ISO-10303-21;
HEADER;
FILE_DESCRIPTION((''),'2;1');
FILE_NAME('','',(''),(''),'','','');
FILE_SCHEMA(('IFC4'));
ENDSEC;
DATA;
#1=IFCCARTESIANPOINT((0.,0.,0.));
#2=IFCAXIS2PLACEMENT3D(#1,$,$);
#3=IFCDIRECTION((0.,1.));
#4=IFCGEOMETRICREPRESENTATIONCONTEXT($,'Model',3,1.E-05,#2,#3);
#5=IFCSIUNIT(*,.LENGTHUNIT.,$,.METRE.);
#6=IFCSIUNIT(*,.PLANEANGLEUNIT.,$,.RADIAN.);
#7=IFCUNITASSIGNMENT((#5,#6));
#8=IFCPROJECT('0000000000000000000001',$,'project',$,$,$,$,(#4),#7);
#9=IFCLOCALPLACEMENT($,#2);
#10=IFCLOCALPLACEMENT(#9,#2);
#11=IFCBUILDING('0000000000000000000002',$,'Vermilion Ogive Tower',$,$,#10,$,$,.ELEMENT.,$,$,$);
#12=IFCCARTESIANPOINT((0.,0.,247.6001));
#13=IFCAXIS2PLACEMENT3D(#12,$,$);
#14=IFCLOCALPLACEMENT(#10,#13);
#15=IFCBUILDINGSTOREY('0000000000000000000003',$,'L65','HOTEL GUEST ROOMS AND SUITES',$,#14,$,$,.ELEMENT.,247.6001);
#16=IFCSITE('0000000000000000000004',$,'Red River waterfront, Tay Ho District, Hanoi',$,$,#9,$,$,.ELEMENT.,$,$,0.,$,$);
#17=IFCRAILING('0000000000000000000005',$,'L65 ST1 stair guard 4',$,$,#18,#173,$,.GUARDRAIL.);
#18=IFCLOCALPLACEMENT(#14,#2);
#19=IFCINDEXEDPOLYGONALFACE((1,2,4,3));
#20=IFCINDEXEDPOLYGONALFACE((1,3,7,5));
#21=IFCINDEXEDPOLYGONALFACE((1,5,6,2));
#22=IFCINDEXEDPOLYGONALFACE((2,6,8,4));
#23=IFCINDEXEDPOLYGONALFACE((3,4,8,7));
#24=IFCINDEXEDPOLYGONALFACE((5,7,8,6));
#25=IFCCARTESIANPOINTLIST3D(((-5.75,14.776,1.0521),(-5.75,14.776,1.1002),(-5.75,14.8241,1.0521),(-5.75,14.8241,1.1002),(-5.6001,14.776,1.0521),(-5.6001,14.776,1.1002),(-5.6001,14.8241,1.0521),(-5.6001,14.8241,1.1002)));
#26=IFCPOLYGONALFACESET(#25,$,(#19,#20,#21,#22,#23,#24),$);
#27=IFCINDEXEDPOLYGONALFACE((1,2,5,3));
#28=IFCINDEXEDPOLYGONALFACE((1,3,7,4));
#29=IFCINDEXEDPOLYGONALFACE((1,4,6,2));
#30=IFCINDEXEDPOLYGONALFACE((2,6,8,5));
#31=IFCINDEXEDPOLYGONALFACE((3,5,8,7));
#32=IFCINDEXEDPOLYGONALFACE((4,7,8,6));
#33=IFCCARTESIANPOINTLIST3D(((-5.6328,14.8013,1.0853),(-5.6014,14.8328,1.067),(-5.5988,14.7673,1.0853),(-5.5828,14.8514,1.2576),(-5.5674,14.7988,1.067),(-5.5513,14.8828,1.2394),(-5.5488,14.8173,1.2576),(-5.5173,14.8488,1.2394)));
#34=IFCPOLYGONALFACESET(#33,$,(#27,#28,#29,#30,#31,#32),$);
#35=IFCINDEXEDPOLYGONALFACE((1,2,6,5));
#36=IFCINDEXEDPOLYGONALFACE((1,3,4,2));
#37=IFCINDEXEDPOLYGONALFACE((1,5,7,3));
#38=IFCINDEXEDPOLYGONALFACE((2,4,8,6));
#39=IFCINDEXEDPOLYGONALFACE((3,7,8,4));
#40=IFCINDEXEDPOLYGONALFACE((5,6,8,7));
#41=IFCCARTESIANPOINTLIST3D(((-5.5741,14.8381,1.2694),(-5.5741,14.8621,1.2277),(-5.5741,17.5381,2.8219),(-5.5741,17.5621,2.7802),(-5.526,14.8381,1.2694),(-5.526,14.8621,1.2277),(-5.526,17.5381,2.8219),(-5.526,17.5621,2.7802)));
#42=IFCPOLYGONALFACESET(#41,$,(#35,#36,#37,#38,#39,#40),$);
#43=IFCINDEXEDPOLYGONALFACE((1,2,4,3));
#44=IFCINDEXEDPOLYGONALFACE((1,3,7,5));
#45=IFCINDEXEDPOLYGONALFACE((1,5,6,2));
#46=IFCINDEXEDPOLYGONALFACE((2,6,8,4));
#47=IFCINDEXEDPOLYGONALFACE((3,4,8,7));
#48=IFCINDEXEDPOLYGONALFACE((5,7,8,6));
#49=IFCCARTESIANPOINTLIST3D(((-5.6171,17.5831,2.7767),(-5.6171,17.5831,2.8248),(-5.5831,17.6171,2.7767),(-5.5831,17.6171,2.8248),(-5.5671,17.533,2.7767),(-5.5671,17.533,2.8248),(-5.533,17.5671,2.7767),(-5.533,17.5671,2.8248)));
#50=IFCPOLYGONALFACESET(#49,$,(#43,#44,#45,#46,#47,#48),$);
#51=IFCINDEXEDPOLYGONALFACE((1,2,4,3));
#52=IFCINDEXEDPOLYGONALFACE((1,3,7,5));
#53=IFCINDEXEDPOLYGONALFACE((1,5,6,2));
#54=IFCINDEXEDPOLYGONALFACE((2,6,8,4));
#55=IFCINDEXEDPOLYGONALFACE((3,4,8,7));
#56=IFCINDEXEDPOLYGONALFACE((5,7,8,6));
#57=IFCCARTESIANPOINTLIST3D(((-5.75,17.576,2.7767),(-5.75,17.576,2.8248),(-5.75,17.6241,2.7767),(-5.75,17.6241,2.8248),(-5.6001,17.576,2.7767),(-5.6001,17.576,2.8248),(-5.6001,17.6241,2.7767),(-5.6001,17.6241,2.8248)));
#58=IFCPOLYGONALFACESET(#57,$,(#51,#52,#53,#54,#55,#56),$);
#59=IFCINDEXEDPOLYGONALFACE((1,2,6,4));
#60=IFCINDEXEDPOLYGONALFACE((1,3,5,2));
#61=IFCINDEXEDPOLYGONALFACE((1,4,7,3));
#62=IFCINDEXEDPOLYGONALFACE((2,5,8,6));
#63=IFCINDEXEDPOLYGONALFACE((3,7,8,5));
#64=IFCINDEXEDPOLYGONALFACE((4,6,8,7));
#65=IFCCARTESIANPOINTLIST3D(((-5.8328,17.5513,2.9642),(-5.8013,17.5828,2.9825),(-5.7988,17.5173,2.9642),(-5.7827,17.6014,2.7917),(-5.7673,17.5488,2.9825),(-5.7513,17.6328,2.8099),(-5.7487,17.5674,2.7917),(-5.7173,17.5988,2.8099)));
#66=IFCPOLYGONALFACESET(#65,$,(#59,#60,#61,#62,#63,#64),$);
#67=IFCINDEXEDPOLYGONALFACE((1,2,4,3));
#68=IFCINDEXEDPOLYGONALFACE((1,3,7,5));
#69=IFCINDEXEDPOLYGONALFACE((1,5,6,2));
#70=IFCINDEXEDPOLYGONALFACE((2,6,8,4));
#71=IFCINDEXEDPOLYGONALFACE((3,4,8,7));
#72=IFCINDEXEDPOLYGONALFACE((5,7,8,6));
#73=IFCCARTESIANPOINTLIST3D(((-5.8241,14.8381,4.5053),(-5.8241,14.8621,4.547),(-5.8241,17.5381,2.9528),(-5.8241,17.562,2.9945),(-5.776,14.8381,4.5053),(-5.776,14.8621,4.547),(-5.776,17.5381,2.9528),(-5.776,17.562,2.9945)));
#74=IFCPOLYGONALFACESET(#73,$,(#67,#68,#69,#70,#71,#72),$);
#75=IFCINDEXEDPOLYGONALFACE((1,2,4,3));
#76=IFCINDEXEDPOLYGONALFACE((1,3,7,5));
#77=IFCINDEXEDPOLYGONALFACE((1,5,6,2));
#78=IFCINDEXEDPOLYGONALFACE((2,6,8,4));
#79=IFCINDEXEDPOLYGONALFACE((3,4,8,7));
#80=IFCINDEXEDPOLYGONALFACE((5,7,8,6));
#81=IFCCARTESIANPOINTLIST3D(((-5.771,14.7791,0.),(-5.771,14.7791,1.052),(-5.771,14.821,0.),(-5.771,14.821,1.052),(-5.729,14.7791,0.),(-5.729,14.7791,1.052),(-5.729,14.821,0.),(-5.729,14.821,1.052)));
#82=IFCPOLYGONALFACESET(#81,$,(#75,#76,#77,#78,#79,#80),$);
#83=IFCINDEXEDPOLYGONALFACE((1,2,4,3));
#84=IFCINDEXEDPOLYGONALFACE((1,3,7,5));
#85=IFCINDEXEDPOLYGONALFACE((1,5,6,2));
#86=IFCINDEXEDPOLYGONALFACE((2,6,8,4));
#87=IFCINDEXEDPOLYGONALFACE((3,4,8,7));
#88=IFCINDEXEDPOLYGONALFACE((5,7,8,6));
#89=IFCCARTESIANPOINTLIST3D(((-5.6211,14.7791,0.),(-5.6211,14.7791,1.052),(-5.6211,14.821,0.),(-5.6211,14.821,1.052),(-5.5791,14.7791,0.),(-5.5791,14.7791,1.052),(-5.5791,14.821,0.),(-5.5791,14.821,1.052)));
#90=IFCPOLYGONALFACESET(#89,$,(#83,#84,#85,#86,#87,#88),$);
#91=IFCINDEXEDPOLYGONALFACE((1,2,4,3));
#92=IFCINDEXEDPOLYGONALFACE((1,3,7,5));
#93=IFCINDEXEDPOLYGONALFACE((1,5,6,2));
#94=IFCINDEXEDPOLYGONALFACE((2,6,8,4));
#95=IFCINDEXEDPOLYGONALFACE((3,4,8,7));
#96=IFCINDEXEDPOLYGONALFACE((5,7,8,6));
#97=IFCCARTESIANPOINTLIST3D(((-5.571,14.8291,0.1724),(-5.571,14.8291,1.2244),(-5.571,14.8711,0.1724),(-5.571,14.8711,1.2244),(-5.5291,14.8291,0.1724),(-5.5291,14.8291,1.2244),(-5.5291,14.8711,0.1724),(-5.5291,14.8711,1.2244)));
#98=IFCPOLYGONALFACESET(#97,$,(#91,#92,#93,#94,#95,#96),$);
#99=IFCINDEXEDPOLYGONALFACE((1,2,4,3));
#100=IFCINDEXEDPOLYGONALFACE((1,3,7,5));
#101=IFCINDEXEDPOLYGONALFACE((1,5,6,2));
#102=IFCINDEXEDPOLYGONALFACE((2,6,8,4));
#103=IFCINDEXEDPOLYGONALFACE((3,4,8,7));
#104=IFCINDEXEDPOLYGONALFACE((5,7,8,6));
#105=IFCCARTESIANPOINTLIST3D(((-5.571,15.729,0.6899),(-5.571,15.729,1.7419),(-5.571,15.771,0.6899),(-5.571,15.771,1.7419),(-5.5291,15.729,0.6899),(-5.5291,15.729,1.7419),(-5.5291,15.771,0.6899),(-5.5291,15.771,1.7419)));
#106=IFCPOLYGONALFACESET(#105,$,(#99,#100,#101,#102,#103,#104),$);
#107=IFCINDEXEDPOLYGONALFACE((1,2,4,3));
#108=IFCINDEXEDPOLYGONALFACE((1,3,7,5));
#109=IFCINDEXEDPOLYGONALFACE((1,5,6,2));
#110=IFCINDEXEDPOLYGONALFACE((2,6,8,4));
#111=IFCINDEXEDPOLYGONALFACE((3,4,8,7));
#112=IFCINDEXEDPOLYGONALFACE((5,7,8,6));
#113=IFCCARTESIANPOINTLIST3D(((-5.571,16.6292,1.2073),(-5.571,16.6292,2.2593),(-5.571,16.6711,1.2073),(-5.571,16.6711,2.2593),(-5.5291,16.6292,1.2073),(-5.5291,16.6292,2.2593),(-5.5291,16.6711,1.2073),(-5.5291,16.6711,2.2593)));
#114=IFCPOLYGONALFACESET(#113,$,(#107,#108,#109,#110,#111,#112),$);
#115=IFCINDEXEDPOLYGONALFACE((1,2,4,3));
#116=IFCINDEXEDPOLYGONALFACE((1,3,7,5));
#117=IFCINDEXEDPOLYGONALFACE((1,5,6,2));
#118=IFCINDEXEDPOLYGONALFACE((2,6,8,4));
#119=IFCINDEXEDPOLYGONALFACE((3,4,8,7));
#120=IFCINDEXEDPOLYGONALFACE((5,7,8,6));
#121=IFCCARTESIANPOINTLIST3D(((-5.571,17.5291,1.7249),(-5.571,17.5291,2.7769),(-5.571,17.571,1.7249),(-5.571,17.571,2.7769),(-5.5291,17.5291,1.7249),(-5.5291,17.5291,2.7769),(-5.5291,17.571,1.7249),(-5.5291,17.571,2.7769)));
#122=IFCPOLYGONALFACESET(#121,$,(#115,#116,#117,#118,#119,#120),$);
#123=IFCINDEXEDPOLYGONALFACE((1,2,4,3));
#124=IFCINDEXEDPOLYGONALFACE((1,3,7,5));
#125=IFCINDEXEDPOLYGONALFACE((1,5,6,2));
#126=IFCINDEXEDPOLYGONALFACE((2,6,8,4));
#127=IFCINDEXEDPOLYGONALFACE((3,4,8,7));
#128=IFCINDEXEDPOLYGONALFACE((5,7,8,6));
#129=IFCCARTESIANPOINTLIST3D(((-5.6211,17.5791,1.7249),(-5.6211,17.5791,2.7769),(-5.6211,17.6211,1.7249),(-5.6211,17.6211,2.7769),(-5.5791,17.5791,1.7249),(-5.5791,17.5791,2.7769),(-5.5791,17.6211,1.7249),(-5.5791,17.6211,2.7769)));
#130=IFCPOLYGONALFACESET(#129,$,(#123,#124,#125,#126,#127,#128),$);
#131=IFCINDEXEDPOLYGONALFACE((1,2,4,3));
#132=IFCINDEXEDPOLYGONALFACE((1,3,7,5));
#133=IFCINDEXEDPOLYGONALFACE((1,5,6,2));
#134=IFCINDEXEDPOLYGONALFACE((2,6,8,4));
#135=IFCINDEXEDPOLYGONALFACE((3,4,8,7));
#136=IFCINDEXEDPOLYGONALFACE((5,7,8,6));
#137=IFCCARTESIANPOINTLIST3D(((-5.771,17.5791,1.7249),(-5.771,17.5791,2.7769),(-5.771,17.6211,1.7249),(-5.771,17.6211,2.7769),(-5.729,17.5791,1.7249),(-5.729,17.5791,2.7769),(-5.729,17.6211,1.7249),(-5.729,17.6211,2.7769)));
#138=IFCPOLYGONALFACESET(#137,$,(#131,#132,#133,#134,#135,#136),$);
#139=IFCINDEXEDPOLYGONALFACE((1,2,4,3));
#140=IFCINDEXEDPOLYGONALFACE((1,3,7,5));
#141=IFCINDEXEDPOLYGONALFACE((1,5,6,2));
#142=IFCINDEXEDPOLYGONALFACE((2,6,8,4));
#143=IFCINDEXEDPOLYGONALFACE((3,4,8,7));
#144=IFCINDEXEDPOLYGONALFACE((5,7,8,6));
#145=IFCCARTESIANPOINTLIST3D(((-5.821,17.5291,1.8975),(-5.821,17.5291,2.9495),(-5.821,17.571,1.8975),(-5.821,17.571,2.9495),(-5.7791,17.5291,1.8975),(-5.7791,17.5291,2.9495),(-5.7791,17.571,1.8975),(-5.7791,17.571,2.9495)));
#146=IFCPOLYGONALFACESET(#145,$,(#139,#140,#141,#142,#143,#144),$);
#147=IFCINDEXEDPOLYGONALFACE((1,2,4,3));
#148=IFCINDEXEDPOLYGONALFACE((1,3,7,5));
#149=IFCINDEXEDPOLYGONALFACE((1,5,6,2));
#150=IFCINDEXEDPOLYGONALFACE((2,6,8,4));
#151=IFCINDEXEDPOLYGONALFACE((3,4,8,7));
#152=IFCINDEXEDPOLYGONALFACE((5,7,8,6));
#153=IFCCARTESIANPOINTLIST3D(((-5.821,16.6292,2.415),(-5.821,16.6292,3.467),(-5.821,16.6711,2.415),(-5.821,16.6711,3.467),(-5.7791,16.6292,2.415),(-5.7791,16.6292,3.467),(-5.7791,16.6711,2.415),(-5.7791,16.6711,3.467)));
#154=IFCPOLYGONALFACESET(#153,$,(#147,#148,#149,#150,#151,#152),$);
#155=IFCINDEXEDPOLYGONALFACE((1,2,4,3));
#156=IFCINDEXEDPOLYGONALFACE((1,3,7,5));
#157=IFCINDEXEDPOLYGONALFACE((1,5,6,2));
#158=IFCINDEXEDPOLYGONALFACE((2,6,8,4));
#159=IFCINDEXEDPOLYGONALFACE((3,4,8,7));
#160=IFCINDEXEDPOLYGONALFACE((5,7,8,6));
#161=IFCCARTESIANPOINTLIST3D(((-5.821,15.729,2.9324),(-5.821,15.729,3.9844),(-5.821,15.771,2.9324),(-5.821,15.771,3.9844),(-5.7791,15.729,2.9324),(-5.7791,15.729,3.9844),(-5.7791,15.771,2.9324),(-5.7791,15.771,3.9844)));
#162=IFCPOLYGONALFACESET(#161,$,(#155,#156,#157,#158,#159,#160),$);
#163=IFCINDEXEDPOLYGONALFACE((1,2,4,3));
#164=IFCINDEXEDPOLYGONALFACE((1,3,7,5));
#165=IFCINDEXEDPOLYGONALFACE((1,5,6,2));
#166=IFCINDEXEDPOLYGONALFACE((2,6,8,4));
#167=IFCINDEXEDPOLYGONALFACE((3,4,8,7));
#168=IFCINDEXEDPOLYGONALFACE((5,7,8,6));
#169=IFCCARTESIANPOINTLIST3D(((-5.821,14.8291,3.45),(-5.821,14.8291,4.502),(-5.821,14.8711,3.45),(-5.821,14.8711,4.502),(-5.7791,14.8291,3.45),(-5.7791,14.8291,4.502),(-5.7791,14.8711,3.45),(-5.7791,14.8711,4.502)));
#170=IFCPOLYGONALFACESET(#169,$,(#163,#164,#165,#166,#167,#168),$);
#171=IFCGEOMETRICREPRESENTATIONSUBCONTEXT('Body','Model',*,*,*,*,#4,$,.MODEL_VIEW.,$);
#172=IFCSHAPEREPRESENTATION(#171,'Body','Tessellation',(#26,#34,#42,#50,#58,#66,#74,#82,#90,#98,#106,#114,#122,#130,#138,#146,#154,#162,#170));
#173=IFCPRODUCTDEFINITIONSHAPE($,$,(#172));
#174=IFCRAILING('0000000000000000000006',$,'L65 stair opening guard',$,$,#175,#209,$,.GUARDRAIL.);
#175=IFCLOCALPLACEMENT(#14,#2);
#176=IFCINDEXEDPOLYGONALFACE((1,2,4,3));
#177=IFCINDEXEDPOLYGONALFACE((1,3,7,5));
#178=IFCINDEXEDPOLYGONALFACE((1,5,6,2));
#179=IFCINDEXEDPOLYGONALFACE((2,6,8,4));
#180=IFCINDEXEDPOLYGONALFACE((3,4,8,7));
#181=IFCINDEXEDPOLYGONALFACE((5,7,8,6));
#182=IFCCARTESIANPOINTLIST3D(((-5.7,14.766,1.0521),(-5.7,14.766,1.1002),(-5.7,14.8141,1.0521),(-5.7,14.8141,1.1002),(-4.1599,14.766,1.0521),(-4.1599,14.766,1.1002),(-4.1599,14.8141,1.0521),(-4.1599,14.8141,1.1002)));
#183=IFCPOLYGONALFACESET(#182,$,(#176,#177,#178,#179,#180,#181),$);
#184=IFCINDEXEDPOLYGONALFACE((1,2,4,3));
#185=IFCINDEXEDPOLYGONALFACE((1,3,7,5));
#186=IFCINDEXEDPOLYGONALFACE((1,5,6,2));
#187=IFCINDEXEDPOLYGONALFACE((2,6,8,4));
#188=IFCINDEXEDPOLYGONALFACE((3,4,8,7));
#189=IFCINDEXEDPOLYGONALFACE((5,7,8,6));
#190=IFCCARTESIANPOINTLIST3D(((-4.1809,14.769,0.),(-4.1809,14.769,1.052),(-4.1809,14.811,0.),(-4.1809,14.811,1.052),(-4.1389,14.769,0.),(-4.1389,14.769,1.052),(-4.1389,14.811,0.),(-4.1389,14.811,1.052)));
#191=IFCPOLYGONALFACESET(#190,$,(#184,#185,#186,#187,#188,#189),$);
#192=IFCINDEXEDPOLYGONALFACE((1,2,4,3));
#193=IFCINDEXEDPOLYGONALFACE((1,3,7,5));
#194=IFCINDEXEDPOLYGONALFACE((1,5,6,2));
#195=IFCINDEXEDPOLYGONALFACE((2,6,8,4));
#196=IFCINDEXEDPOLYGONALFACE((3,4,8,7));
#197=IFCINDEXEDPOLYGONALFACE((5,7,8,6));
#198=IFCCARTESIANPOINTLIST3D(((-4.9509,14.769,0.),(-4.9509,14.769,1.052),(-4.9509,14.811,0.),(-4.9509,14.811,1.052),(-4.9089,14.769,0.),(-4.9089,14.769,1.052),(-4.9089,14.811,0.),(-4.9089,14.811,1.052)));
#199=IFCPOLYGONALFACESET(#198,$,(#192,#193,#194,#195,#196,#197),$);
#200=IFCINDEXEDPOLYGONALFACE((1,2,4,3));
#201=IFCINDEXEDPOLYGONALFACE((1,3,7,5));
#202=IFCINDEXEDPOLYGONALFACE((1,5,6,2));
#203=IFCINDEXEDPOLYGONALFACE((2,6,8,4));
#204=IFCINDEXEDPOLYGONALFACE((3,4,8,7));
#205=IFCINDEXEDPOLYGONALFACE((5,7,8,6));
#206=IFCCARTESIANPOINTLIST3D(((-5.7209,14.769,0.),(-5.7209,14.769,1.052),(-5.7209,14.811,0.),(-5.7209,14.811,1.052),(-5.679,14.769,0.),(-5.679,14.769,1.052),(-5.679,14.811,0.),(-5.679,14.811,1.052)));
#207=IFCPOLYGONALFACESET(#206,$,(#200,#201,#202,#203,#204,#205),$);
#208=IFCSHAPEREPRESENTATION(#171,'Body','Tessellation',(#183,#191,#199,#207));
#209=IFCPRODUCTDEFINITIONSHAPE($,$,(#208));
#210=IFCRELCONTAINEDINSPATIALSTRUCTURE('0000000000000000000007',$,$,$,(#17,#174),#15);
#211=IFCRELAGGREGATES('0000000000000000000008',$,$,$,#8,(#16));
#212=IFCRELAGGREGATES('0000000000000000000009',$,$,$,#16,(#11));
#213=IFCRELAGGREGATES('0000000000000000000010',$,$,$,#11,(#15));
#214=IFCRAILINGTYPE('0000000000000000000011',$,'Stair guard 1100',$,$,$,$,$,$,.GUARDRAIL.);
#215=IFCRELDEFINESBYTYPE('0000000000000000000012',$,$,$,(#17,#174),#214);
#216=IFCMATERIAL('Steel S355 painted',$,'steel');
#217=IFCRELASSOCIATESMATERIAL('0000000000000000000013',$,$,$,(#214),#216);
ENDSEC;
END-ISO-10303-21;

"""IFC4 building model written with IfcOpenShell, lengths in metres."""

from ifc_helpers import new_model, si_unit, direction, frame, origin, origin_2d, place, context, subcontext, project, spatial, rectangle, extrude, material, type_object, element, save


model = new_model("IFC4")

# Units and contexts
model_context = context("Model", 3, precision=1e-05, world=origin(), true_north=direction((0.0, 1.0)))
body_context = subcontext(model_context, "Body", "Model", "MODEL_VIEW")
ifc_project = project(units=[si_unit("LENGTHUNIT", "METRE"), si_unit("PLANEANGLEUNIT", "RADIAN")], contexts=[model_context])

# Site, building, storey
site_placement = place(None, origin())
site = spatial("IfcSite", under=ifc_project, at=site_placement, Name="Red River waterfront, Tay Ho District, Hanoi", CompositionType="ELEMENT", RefElevation=0.0)
building_placement = place(site_placement, origin())
building = spatial("IfcBuilding", under=site, at=building_placement, Name="Vermilion Ogive Tower", CompositionType="ELEMENT")
storey_placement = place(building_placement, frame((0.0, 0.0, 247.6001)))
storey = spatial("IfcBuildingStorey", under=building, at=storey_placement, Name="L65", Description="HOTEL GUEST ROOMS AND SUITES", CompositionType="ELEMENT", Elevation=247.6001)

# Railings
ifc_material_1 = material(Name="Steel S355 painted", Category="steel")
railing_type_1 = type_object("IfcRailingType", Name="Stair guard 1100", PredefinedType="GUARDRAIL", material=ifc_material_1)
railing_1_placement = place(storey_placement, frame((-5.75, 14.8, 0.0)))
element("IfcRailing", 1, at=railing_1_placement, inside=storey, type_object=railing_type_1, Name="L65 ST1 stair guard 4", PredefinedType="GUARDRAIL", context=body_context, shape_type="SweptSolid", body=[
    extrude(rectangle(XDim=0.0481, YDim=0.0481, at=origin_2d()), frame((0.0, 0.0, 1.0762), z_axis=(1.0, 0.0, 0.0), x_axis=(0.0, 1.0, 0.0)), (0.0, 0.0, 1.0), 0.1499),
    extrude(rectangle(XDim=0.0481, YDim=0.0481, at=origin_2d()), frame((0.1499, 0.0, 1.0762), z_axis=(0.268603, 0.268603, 0.925043), x_axis=(-0.707107, 0.707107, 0.0)), (0.0, 0.0, 1.0), 0.1863),
    extrude(rectangle(XDim=0.0481, YDim=0.0481, at=origin_2d()), frame((0.2, 0.05, 1.2485), z_axis=(0.0, 0.866904, 0.498476), x_axis=(-1.0, 0.0, 0.0)), (0.0, 0.0, 1.0), 3.1145),
    extrude(rectangle(XDim=0.0481, YDim=0.0481, at=origin_2d()), frame((0.2, 2.75, 2.8008), z_axis=(-0.707107, 0.707107, 0.0), x_axis=(-0.707107, -0.707107, 0.0)), (0.0, 0.0, 1.0), 0.0708),
    extrude(rectangle(XDim=0.0481, YDim=0.0481, at=origin_2d()), frame((0.1499, 2.8, 2.8008), z_axis=(-1.0, 0.0, 0.0), x_axis=(0.0, -1.0, 0.0)), (0.0, 0.0, 1.0), 0.1499),
    extrude(rectangle(XDim=0.0481, YDim=0.0481, at=origin_2d()), frame((0.0, 2.8, 2.8008), z_axis=(-0.268278, -0.268278, 0.925232), x_axis=(0.707107, -0.707107, 0.0)), (0.0, 0.0, 1.0), 0.1865),
    extrude(rectangle(XDim=0.0481, YDim=0.0481, at=origin_2d()), frame((-0.05, 2.75, 2.9736), z_axis=(0.0, -0.866904, 0.498476), x_axis=(1.0, 0.0, 0.0)), (0.0, 0.0, 1.0), 3.1145),
    extrude(rectangle(XDim=0.042, YDim=0.042, at=origin_2d()), origin(), (0.0, 0.0, 1.0), 1.052),
    extrude(rectangle(XDim=0.042, YDim=0.042, at=origin_2d()), frame((0.1499, 0.0, 0.0)), (0.0, 0.0, 1.0), 1.052),
    extrude(rectangle(XDim=0.042, YDim=0.042, at=origin_2d()), frame((0.2, 0.05, 0.1724)), (0.0, 0.0, 1.0), 1.052),
    extrude(rectangle(XDim=0.042, YDim=0.042, at=origin_2d()), frame((0.2, 0.95, 0.6899)), (0.0, 0.0, 1.0), 1.052),
    extrude(rectangle(XDim=0.042, YDim=0.042, at=origin_2d()), frame((0.2, 1.8501, 1.2073)), (0.0, 0.0, 1.0), 1.052),
    extrude(rectangle(XDim=0.042, YDim=0.042, at=origin_2d()), frame((0.2, 2.75, 1.7249)), (0.0, 0.0, 1.0), 1.052),
    extrude(rectangle(XDim=0.042, YDim=0.042, at=origin_2d()), frame((0.1499, 2.8, 1.7249)), (0.0, 0.0, 1.0), 1.052),
    extrude(rectangle(XDim=0.042, YDim=0.042, at=origin_2d()), frame((0.0, 2.8, 1.7249)), (0.0, 0.0, 1.0), 1.052),
    extrude(rectangle(XDim=0.042, YDim=0.042, at=origin_2d()), frame((-0.05, 2.75, 1.8975)), (0.0, 0.0, 1.0), 1.052),
    extrude(rectangle(XDim=0.042, YDim=0.042, at=origin_2d()), frame((-0.05, 1.8501, 2.415)), (0.0, 0.0, 1.0), 1.052),
    extrude(rectangle(XDim=0.042, YDim=0.042, at=origin_2d()), frame((-0.05, 0.95, 2.9324)), (0.0, 0.0, 1.0), 1.052),
    extrude(rectangle(XDim=0.042, YDim=0.042, at=origin_2d()), frame((-0.05, 0.05, 3.45)), (0.0, 0.0, 1.0), 1.052),
])
railing_2_placement = place(storey_placement, frame((-4.1599, 14.79, 0.0)))
element("IfcRailing", 2, at=railing_2_placement, inside=storey, type_object=railing_type_1, Name="L65 stair opening guard", PredefinedType="GUARDRAIL", context=body_context, shape_type="SweptSolid", body=[
    extrude(rectangle(XDim=0.0481, YDim=0.0481, at=origin_2d()), frame((0.0, 0.0, 1.0762), z_axis=(-1.0, 0.0, 0.0), x_axis=(0.0, -1.0, 0.0)), (0.0, 0.0, 1.0), 1.54),
    extrude(rectangle(XDim=0.042, YDim=0.042, at=origin_2d()), origin(), (0.0, 0.0, 1.0), 1.052),
    extrude(rectangle(XDim=0.042, YDim=0.042, at=origin_2d()), frame((-0.77, 0.0, 0.0)), (0.0, 0.0, 1.0), 1.052),
    extrude(rectangle(XDim=0.042, YDim=0.042, at=origin_2d()), frame((-1.54, 0.0, 0.0)), (0.0, 0.0, 1.0), 1.052),
])

save(model, "model.ifc")
